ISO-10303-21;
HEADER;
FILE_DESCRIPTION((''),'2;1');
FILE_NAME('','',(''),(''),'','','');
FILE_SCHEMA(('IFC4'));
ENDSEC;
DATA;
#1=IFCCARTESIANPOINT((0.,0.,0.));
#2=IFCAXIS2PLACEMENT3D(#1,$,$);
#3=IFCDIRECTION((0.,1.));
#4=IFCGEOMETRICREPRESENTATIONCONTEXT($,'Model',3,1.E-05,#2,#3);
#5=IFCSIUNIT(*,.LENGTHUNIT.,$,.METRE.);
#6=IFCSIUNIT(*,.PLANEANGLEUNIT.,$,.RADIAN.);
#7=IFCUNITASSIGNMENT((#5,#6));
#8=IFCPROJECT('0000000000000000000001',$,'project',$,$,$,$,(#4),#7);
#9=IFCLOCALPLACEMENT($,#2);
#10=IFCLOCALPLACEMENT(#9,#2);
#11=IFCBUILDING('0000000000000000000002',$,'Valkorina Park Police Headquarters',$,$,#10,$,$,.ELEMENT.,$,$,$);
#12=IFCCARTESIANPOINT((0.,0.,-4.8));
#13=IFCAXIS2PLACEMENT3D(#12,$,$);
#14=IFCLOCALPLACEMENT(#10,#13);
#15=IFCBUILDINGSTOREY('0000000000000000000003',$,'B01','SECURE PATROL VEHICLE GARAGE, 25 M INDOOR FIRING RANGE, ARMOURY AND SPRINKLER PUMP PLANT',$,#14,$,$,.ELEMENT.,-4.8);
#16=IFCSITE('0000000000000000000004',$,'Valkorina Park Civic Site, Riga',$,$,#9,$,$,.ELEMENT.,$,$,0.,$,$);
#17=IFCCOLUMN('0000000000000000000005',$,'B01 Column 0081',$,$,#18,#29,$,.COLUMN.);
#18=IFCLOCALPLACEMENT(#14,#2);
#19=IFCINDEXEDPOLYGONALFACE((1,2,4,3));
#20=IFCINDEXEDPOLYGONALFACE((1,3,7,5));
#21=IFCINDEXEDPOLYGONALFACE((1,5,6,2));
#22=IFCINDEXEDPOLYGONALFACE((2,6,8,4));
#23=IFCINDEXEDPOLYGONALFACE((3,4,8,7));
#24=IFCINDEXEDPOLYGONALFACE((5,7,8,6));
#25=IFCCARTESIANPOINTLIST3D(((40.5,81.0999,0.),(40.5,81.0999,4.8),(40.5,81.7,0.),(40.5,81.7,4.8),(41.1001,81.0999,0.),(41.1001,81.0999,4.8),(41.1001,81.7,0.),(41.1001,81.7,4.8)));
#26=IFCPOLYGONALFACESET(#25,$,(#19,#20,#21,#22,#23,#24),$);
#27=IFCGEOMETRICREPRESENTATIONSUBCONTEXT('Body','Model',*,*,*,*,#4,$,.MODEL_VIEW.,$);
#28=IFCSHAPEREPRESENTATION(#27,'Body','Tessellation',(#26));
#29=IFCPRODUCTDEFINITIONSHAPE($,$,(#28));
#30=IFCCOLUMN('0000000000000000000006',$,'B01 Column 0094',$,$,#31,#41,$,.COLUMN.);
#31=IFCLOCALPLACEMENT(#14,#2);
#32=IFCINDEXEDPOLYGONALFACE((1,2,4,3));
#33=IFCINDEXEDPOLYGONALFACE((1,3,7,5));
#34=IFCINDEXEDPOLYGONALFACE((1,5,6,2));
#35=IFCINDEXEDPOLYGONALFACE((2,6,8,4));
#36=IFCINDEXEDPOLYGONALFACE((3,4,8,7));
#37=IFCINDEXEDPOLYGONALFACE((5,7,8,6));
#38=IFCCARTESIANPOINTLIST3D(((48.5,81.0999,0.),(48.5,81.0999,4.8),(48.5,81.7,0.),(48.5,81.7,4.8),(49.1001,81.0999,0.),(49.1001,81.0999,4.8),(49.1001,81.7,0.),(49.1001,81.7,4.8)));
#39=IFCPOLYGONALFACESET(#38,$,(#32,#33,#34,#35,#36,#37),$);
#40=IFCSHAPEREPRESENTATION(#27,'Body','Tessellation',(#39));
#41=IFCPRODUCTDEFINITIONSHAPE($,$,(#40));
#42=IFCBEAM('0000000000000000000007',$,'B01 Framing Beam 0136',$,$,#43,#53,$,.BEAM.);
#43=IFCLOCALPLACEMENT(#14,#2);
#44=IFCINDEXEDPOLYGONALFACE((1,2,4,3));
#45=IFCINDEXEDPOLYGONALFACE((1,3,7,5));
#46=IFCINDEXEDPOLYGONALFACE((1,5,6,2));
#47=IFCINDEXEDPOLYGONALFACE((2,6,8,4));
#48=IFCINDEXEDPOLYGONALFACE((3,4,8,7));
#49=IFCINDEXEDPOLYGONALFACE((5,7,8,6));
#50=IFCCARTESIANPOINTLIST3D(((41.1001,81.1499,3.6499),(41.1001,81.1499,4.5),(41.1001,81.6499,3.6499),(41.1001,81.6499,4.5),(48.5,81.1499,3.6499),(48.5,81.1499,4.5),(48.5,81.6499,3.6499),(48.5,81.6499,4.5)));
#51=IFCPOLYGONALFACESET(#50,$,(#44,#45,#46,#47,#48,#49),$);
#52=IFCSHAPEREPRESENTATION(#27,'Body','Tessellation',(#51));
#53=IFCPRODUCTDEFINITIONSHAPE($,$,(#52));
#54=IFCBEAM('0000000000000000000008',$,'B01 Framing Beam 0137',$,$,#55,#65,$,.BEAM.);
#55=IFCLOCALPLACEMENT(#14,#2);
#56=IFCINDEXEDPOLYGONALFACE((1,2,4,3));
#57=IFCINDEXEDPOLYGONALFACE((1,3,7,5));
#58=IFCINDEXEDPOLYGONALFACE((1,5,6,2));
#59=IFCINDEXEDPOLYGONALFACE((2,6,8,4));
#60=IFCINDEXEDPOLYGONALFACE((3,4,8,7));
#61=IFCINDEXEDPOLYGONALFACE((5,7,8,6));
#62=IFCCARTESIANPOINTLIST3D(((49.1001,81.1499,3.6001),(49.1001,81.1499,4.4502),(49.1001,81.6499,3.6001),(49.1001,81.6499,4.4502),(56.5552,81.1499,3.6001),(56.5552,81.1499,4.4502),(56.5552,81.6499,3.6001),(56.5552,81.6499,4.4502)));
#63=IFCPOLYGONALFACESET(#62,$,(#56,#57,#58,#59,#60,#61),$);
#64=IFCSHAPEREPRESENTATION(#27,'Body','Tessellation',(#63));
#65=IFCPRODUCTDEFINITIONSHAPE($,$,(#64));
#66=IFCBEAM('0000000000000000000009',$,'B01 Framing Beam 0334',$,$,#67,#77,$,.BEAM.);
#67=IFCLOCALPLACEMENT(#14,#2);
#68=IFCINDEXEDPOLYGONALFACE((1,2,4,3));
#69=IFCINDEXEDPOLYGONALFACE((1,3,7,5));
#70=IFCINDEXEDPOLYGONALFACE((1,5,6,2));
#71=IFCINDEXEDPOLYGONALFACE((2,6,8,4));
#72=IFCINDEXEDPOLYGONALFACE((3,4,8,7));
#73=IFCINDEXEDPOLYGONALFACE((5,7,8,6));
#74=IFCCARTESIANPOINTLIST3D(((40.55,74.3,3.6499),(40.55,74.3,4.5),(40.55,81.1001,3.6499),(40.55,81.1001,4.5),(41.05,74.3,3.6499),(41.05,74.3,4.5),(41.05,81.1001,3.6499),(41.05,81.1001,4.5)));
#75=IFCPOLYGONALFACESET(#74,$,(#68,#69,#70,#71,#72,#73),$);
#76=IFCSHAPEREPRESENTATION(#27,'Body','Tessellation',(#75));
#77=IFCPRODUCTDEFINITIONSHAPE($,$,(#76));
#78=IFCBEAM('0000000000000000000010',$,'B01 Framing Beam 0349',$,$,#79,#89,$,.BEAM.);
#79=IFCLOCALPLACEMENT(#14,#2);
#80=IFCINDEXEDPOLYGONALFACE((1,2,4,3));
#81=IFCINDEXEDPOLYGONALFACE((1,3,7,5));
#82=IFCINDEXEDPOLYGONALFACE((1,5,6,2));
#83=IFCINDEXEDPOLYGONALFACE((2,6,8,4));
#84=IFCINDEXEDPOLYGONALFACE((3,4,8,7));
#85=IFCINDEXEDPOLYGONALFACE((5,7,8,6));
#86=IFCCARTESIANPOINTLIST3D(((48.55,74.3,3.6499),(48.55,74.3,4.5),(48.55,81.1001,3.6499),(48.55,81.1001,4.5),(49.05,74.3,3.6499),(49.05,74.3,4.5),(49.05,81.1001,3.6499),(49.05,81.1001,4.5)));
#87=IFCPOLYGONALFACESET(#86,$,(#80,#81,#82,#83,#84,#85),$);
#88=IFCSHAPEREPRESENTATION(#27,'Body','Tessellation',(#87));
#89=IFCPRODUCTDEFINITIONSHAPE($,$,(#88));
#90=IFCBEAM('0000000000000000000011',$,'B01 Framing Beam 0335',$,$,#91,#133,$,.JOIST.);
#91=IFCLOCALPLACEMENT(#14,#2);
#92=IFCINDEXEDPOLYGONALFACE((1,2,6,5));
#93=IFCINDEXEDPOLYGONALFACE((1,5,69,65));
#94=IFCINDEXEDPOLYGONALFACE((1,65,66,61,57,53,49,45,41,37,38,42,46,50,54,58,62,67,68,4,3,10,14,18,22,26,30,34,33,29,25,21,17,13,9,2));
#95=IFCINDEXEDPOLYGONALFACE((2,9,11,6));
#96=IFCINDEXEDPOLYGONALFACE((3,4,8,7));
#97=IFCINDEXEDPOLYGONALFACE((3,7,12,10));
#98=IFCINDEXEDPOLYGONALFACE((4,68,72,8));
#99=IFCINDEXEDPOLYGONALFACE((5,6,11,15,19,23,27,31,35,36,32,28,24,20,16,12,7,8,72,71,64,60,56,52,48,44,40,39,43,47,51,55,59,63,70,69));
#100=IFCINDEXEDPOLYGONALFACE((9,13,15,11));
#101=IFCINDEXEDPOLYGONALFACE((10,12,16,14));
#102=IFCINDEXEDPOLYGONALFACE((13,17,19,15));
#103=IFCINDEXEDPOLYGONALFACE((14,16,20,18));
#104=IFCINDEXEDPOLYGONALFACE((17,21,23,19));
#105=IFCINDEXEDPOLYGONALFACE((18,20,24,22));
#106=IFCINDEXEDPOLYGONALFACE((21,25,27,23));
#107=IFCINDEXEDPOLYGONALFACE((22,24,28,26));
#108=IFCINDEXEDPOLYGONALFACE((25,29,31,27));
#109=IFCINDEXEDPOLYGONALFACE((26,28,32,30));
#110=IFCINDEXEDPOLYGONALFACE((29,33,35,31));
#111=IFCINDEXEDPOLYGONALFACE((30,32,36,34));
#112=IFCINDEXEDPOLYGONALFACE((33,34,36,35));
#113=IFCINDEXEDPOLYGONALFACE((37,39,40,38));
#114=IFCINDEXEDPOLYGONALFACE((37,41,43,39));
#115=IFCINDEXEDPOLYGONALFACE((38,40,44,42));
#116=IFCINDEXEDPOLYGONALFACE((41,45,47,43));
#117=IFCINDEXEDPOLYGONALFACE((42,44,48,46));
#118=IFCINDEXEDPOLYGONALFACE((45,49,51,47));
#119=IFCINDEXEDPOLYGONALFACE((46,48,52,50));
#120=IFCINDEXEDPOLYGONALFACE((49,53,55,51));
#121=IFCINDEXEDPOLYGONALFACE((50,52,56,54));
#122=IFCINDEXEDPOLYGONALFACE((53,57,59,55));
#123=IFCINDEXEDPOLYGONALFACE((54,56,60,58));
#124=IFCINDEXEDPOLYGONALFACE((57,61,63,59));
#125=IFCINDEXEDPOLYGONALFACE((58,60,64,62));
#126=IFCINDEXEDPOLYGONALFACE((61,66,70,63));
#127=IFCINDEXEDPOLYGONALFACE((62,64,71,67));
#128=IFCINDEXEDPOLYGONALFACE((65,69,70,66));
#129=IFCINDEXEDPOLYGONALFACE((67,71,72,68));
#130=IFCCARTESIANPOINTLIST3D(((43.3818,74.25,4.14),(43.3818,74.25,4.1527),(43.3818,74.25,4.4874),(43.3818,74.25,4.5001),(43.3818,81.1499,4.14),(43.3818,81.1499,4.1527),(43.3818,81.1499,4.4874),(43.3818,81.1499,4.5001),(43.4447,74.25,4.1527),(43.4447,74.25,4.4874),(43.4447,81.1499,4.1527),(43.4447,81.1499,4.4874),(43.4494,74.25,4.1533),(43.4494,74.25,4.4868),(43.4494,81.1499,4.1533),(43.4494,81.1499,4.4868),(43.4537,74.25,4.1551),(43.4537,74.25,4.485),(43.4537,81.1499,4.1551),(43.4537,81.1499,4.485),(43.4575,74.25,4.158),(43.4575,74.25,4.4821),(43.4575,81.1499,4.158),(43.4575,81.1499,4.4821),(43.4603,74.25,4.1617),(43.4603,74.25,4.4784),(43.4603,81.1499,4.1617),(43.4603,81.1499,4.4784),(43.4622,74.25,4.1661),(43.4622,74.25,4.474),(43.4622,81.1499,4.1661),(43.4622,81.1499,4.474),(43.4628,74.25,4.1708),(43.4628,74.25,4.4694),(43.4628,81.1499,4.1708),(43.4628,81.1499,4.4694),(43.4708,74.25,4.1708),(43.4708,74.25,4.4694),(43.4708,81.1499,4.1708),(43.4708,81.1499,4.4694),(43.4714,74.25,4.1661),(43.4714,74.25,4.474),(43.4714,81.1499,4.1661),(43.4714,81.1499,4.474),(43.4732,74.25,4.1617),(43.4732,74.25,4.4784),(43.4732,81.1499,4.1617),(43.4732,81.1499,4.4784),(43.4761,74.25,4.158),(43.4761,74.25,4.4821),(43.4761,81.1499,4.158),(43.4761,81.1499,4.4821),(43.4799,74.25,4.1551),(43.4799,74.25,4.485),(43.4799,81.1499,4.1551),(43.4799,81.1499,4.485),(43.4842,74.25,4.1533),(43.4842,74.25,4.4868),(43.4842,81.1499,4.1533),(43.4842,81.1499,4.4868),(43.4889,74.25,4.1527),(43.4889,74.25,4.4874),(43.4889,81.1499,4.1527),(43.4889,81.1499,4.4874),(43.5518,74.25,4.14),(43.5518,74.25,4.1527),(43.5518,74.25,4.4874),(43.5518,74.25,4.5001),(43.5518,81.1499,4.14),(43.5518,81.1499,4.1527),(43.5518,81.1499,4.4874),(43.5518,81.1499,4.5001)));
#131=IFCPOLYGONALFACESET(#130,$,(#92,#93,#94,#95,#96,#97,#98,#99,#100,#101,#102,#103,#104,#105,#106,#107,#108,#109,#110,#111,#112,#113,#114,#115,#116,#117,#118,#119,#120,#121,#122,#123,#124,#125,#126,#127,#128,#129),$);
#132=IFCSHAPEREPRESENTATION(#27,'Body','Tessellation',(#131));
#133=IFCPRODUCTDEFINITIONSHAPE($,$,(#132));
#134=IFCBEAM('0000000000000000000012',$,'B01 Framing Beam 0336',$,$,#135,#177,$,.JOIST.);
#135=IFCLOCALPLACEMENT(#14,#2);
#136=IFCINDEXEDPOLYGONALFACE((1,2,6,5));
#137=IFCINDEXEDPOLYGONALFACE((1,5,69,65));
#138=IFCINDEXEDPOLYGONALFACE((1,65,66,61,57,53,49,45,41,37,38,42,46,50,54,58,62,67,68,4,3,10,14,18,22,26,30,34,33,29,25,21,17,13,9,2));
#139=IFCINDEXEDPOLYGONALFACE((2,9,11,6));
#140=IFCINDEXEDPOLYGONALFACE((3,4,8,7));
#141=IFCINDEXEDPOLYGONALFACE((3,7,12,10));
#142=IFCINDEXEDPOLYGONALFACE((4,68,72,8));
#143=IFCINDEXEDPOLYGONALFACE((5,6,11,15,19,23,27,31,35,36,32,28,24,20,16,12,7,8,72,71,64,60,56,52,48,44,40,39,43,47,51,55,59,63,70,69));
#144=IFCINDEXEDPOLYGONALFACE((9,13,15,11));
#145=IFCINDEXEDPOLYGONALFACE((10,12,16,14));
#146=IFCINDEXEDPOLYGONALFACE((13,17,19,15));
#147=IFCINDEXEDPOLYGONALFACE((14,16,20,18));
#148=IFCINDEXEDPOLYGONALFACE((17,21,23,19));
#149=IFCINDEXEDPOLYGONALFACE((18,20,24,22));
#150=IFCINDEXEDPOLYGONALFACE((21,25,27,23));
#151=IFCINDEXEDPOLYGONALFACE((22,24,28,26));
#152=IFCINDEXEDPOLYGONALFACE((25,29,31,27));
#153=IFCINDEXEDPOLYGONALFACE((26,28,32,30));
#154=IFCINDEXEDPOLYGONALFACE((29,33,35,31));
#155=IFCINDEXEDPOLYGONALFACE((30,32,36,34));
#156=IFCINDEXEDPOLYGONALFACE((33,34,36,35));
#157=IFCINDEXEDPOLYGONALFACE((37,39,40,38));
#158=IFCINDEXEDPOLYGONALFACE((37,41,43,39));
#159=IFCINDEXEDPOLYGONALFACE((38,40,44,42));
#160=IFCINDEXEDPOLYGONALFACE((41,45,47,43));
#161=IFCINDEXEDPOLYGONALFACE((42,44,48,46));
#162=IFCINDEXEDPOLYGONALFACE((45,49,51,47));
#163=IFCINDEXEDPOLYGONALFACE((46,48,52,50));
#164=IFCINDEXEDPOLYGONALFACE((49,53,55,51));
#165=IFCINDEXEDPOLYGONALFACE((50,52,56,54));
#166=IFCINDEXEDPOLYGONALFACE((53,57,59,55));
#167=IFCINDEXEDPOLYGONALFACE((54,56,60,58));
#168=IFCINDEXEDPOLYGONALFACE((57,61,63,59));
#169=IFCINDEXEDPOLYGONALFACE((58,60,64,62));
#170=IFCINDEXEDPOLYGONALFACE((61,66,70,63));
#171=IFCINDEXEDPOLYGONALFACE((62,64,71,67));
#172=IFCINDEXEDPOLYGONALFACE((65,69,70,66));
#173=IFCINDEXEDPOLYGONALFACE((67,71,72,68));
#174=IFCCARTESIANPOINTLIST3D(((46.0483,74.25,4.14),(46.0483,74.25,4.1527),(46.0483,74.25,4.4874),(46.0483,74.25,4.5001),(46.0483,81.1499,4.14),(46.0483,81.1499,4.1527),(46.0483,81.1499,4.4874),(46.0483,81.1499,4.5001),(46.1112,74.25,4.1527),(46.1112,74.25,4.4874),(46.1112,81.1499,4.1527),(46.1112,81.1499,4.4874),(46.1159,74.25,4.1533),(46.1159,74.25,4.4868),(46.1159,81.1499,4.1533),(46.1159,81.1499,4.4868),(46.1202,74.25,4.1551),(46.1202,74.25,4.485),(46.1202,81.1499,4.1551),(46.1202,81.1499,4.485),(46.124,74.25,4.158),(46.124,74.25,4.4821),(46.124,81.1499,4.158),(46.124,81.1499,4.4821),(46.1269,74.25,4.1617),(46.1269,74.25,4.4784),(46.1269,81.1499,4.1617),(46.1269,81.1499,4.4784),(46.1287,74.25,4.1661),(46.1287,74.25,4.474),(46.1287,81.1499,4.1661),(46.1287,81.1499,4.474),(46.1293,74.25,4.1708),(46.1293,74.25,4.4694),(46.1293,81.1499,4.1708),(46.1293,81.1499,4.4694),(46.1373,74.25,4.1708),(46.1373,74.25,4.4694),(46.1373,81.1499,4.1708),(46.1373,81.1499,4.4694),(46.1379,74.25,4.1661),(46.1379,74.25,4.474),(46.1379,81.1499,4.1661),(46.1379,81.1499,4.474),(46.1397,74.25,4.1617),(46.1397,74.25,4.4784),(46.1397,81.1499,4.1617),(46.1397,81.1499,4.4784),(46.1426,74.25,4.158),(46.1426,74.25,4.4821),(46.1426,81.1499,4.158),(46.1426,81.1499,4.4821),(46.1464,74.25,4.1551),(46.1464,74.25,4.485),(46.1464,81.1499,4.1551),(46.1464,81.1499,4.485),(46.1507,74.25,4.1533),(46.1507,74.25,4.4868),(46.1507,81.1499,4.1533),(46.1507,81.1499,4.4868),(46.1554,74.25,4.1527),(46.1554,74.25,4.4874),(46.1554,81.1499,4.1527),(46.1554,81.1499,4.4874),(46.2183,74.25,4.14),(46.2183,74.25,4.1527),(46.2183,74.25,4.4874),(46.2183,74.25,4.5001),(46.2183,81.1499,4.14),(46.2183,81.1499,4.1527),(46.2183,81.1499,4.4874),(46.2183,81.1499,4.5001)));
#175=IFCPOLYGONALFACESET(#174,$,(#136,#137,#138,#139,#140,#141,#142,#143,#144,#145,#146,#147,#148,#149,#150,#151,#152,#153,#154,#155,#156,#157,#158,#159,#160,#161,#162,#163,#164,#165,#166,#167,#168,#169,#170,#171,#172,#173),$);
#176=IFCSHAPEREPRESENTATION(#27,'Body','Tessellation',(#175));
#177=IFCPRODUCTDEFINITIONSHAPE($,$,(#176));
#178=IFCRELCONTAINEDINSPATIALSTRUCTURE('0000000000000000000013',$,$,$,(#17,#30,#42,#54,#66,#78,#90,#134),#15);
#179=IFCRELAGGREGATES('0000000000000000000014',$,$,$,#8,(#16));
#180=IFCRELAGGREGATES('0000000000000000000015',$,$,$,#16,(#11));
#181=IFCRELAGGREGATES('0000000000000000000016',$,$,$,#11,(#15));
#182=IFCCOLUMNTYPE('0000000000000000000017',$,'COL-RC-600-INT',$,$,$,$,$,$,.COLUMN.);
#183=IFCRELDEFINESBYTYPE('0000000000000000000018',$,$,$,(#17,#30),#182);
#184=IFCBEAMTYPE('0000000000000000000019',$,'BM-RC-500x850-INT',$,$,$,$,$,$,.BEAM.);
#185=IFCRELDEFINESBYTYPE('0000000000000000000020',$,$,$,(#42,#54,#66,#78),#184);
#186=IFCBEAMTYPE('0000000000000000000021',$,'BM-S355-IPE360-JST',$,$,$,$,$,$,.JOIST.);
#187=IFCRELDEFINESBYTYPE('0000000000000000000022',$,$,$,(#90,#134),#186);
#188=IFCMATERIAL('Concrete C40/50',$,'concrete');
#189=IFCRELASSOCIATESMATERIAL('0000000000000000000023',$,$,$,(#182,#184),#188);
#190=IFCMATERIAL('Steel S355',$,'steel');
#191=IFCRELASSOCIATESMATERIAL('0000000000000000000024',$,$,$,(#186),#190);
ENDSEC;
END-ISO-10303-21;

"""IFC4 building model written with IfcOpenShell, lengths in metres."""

from ifc_helpers import new_model, si_unit, direction, frame, origin, origin_2d, place, context, subcontext, project, spatial, rectangle, i_section, extrude, material, material_profile, profile_set, type_object, element, save


model = new_model("IFC4")

# Units and contexts
model_context = context("Model", 3, precision=1e-05, world=origin(), true_north=direction((0.0, 1.0)))
body_context = subcontext(model_context, "Body", "Model", "MODEL_VIEW")
ifc_project = project(units=[si_unit("LENGTHUNIT", "METRE"), si_unit("PLANEANGLEUNIT", "RADIAN")], contexts=[model_context])

# Site, building, storey
site_placement = place(None, origin())
site = spatial("IfcSite", under=ifc_project, at=site_placement, Name="Valkorina Park Civic Site, Riga", CompositionType="ELEMENT", RefElevation=0.0)
building_placement = place(site_placement, origin())
building = spatial("IfcBuilding", under=site, at=building_placement, Name="Valkorina Park Police Headquarters", CompositionType="ELEMENT")
storey_placement = place(building_placement, frame((0.0, 0.0, -4.8)))
storey = spatial("IfcBuildingStorey", under=building, at=storey_placement, Name="B01", Description="SECURE PATROL VEHICLE GARAGE, 25 M INDOOR FIRING RANGE, ARMOURY AND SPRINKLER PUMP PLANT", CompositionType="ELEMENT", Elevation=-4.8)

# Columns
ifc_material_1 = material(Name="Concrete C40/50", Category="concrete")
ifc_material_profile_1 = material_profile(ifc_material_1, rectangle(XDim=0.6001, YDim=0.6001, at=origin_2d()), Name="RC COL 600x600")
ifc_profile_set_1 = profile_set([ifc_material_profile_1], Name="Concrete C40/50")
column_type = type_object("IfcColumnType", Name="COL-RC-600-INT", PredefinedType="COLUMN", material=ifc_profile_set_1)
for number, where, z_axis, x_axis, name in (
    (1, (40.8, 81.3999, 0.0), (0.0, 0.0, 1.0), (1.0, 0.0, 0.0), "B01 Column 0081"),
    (2, (48.8, 81.3999, 0.0), (0.0, 0.0, 1.0), (1.0, 0.0, 0.0), "B01 Column 0094"),
):
    element("IfcColumn", number, at=place(storey_placement, frame(where, z_axis=z_axis, x_axis=x_axis)), inside=storey, type_object=column_type, Name=name, PredefinedType="COLUMN", context=body_context, shape_type="SweptSolid", body=[
        extrude(rectangle(XDim=0.6001, YDim=0.6001, at=origin_2d()), origin(), (0.0, 0.0, 1.0), 4.8),
    ])

# Beams
ifc_material_profile_2 = material_profile(ifc_material_1, rectangle(XDim=0.5, YDim=0.8501, at=origin_2d()), Name="RC BEAM 500x850")
ifc_profile_set_2 = profile_set([ifc_material_profile_2], Name="Concrete C40/50")
beam_type_1 = type_object("IfcBeamType", Name="BM-RC-500x850-INT", PredefinedType="BEAM", material=ifc_profile_set_2)
beam_1_placement = place(storey_placement, frame((41.1001, 81.3999, 4.075), z_axis=(1.0, 0.0, 0.0), x_axis=(0.0, 1.0, 0.0)))
element("IfcBeam", 3, at=beam_1_placement, inside=storey, type_object=beam_type_1, Name="B01 Framing Beam 0136", PredefinedType="BEAM", context=body_context, shape_type="SweptSolid", body=[
    extrude(rectangle(XDim=0.5, YDim=0.8501, at=origin_2d()), origin(), (0.0, 0.0, 1.0), 7.3999),
])
beam_2_placement = place(storey_placement, frame((49.1001, 81.3999, 4.0251), z_axis=(1.0, 0.0, 0.0), x_axis=(0.0, 1.0, 0.0)))
element("IfcBeam", 4, at=beam_2_placement, inside=storey, type_object=beam_type_1, Name="B01 Framing Beam 0137", PredefinedType="BEAM", context=body_context, shape_type="SweptSolid", body=[
    extrude(rectangle(XDim=0.5, YDim=0.8501, at=origin_2d()), origin(), (0.0, 0.0, 1.0), 7.4551),
])
for number, where, z_axis, x_axis, name in (
    (5, (40.8, 74.3, 4.075), (0.0, 1.0, 0.0), (-1.0, 0.0, 0.0), "B01 Framing Beam 0334"),
    (6, (48.8, 74.3, 4.075), (0.0, 1.0, 0.0), (-1.0, 0.0, 0.0), "B01 Framing Beam 0349"),
):
    element("IfcBeam", number, at=place(storey_placement, frame(where, z_axis=z_axis, x_axis=x_axis)), inside=storey, type_object=beam_type_1, Name=name, PredefinedType="BEAM", context=body_context, shape_type="SweptSolid", body=[
        extrude(rectangle(XDim=0.5, YDim=0.8501, at=origin_2d()), origin(), (0.0, 0.0, 1.0), 6.8),
    ])
ifc_material_2 = material(Name="Steel S355", Category="steel")
ifc_material_profile_3 = material_profile(ifc_material_2, i_section(OverallWidth=0.1699, OverallDepth=0.3601, WebThickness=0.0081, FlangeThickness=0.0127, FilletRadius=0.0181, at=origin_2d()), Name="IPE 360")
ifc_profile_set_3 = profile_set([ifc_material_profile_3], Name="Steel S355")
beam_type_2 = type_object("IfcBeamType", Name="BM-S355-IPE360-JST", PredefinedType="JOIST", material=ifc_profile_set_3)
for number, where, z_axis, x_axis, name in (
    (7, (43.4668, 74.25, 4.3201), (0.0, 1.0, 0.0), (-1.0, 0.0, 0.0), "B01 Framing Beam 0335"),
    (8, (46.1333, 74.25, 4.3201), (0.0, 1.0, 0.0), (-1.0, 0.0, 0.0), "B01 Framing Beam 0336"),
):
    element("IfcBeam", number, at=place(storey_placement, frame(where, z_axis=z_axis, x_axis=x_axis)), inside=storey, type_object=beam_type_2, Name=name, PredefinedType="JOIST", context=body_context, shape_type="SweptSolid", body=[
        extrude(i_section(OverallWidth=0.1699, OverallDepth=0.3601, WebThickness=0.0081, FlangeThickness=0.0127, FilletRadius=0.0181, at=origin_2d()), origin(), (0.0, 0.0, 1.0), 6.8999),
    ])

save(model, "model.ifc")
